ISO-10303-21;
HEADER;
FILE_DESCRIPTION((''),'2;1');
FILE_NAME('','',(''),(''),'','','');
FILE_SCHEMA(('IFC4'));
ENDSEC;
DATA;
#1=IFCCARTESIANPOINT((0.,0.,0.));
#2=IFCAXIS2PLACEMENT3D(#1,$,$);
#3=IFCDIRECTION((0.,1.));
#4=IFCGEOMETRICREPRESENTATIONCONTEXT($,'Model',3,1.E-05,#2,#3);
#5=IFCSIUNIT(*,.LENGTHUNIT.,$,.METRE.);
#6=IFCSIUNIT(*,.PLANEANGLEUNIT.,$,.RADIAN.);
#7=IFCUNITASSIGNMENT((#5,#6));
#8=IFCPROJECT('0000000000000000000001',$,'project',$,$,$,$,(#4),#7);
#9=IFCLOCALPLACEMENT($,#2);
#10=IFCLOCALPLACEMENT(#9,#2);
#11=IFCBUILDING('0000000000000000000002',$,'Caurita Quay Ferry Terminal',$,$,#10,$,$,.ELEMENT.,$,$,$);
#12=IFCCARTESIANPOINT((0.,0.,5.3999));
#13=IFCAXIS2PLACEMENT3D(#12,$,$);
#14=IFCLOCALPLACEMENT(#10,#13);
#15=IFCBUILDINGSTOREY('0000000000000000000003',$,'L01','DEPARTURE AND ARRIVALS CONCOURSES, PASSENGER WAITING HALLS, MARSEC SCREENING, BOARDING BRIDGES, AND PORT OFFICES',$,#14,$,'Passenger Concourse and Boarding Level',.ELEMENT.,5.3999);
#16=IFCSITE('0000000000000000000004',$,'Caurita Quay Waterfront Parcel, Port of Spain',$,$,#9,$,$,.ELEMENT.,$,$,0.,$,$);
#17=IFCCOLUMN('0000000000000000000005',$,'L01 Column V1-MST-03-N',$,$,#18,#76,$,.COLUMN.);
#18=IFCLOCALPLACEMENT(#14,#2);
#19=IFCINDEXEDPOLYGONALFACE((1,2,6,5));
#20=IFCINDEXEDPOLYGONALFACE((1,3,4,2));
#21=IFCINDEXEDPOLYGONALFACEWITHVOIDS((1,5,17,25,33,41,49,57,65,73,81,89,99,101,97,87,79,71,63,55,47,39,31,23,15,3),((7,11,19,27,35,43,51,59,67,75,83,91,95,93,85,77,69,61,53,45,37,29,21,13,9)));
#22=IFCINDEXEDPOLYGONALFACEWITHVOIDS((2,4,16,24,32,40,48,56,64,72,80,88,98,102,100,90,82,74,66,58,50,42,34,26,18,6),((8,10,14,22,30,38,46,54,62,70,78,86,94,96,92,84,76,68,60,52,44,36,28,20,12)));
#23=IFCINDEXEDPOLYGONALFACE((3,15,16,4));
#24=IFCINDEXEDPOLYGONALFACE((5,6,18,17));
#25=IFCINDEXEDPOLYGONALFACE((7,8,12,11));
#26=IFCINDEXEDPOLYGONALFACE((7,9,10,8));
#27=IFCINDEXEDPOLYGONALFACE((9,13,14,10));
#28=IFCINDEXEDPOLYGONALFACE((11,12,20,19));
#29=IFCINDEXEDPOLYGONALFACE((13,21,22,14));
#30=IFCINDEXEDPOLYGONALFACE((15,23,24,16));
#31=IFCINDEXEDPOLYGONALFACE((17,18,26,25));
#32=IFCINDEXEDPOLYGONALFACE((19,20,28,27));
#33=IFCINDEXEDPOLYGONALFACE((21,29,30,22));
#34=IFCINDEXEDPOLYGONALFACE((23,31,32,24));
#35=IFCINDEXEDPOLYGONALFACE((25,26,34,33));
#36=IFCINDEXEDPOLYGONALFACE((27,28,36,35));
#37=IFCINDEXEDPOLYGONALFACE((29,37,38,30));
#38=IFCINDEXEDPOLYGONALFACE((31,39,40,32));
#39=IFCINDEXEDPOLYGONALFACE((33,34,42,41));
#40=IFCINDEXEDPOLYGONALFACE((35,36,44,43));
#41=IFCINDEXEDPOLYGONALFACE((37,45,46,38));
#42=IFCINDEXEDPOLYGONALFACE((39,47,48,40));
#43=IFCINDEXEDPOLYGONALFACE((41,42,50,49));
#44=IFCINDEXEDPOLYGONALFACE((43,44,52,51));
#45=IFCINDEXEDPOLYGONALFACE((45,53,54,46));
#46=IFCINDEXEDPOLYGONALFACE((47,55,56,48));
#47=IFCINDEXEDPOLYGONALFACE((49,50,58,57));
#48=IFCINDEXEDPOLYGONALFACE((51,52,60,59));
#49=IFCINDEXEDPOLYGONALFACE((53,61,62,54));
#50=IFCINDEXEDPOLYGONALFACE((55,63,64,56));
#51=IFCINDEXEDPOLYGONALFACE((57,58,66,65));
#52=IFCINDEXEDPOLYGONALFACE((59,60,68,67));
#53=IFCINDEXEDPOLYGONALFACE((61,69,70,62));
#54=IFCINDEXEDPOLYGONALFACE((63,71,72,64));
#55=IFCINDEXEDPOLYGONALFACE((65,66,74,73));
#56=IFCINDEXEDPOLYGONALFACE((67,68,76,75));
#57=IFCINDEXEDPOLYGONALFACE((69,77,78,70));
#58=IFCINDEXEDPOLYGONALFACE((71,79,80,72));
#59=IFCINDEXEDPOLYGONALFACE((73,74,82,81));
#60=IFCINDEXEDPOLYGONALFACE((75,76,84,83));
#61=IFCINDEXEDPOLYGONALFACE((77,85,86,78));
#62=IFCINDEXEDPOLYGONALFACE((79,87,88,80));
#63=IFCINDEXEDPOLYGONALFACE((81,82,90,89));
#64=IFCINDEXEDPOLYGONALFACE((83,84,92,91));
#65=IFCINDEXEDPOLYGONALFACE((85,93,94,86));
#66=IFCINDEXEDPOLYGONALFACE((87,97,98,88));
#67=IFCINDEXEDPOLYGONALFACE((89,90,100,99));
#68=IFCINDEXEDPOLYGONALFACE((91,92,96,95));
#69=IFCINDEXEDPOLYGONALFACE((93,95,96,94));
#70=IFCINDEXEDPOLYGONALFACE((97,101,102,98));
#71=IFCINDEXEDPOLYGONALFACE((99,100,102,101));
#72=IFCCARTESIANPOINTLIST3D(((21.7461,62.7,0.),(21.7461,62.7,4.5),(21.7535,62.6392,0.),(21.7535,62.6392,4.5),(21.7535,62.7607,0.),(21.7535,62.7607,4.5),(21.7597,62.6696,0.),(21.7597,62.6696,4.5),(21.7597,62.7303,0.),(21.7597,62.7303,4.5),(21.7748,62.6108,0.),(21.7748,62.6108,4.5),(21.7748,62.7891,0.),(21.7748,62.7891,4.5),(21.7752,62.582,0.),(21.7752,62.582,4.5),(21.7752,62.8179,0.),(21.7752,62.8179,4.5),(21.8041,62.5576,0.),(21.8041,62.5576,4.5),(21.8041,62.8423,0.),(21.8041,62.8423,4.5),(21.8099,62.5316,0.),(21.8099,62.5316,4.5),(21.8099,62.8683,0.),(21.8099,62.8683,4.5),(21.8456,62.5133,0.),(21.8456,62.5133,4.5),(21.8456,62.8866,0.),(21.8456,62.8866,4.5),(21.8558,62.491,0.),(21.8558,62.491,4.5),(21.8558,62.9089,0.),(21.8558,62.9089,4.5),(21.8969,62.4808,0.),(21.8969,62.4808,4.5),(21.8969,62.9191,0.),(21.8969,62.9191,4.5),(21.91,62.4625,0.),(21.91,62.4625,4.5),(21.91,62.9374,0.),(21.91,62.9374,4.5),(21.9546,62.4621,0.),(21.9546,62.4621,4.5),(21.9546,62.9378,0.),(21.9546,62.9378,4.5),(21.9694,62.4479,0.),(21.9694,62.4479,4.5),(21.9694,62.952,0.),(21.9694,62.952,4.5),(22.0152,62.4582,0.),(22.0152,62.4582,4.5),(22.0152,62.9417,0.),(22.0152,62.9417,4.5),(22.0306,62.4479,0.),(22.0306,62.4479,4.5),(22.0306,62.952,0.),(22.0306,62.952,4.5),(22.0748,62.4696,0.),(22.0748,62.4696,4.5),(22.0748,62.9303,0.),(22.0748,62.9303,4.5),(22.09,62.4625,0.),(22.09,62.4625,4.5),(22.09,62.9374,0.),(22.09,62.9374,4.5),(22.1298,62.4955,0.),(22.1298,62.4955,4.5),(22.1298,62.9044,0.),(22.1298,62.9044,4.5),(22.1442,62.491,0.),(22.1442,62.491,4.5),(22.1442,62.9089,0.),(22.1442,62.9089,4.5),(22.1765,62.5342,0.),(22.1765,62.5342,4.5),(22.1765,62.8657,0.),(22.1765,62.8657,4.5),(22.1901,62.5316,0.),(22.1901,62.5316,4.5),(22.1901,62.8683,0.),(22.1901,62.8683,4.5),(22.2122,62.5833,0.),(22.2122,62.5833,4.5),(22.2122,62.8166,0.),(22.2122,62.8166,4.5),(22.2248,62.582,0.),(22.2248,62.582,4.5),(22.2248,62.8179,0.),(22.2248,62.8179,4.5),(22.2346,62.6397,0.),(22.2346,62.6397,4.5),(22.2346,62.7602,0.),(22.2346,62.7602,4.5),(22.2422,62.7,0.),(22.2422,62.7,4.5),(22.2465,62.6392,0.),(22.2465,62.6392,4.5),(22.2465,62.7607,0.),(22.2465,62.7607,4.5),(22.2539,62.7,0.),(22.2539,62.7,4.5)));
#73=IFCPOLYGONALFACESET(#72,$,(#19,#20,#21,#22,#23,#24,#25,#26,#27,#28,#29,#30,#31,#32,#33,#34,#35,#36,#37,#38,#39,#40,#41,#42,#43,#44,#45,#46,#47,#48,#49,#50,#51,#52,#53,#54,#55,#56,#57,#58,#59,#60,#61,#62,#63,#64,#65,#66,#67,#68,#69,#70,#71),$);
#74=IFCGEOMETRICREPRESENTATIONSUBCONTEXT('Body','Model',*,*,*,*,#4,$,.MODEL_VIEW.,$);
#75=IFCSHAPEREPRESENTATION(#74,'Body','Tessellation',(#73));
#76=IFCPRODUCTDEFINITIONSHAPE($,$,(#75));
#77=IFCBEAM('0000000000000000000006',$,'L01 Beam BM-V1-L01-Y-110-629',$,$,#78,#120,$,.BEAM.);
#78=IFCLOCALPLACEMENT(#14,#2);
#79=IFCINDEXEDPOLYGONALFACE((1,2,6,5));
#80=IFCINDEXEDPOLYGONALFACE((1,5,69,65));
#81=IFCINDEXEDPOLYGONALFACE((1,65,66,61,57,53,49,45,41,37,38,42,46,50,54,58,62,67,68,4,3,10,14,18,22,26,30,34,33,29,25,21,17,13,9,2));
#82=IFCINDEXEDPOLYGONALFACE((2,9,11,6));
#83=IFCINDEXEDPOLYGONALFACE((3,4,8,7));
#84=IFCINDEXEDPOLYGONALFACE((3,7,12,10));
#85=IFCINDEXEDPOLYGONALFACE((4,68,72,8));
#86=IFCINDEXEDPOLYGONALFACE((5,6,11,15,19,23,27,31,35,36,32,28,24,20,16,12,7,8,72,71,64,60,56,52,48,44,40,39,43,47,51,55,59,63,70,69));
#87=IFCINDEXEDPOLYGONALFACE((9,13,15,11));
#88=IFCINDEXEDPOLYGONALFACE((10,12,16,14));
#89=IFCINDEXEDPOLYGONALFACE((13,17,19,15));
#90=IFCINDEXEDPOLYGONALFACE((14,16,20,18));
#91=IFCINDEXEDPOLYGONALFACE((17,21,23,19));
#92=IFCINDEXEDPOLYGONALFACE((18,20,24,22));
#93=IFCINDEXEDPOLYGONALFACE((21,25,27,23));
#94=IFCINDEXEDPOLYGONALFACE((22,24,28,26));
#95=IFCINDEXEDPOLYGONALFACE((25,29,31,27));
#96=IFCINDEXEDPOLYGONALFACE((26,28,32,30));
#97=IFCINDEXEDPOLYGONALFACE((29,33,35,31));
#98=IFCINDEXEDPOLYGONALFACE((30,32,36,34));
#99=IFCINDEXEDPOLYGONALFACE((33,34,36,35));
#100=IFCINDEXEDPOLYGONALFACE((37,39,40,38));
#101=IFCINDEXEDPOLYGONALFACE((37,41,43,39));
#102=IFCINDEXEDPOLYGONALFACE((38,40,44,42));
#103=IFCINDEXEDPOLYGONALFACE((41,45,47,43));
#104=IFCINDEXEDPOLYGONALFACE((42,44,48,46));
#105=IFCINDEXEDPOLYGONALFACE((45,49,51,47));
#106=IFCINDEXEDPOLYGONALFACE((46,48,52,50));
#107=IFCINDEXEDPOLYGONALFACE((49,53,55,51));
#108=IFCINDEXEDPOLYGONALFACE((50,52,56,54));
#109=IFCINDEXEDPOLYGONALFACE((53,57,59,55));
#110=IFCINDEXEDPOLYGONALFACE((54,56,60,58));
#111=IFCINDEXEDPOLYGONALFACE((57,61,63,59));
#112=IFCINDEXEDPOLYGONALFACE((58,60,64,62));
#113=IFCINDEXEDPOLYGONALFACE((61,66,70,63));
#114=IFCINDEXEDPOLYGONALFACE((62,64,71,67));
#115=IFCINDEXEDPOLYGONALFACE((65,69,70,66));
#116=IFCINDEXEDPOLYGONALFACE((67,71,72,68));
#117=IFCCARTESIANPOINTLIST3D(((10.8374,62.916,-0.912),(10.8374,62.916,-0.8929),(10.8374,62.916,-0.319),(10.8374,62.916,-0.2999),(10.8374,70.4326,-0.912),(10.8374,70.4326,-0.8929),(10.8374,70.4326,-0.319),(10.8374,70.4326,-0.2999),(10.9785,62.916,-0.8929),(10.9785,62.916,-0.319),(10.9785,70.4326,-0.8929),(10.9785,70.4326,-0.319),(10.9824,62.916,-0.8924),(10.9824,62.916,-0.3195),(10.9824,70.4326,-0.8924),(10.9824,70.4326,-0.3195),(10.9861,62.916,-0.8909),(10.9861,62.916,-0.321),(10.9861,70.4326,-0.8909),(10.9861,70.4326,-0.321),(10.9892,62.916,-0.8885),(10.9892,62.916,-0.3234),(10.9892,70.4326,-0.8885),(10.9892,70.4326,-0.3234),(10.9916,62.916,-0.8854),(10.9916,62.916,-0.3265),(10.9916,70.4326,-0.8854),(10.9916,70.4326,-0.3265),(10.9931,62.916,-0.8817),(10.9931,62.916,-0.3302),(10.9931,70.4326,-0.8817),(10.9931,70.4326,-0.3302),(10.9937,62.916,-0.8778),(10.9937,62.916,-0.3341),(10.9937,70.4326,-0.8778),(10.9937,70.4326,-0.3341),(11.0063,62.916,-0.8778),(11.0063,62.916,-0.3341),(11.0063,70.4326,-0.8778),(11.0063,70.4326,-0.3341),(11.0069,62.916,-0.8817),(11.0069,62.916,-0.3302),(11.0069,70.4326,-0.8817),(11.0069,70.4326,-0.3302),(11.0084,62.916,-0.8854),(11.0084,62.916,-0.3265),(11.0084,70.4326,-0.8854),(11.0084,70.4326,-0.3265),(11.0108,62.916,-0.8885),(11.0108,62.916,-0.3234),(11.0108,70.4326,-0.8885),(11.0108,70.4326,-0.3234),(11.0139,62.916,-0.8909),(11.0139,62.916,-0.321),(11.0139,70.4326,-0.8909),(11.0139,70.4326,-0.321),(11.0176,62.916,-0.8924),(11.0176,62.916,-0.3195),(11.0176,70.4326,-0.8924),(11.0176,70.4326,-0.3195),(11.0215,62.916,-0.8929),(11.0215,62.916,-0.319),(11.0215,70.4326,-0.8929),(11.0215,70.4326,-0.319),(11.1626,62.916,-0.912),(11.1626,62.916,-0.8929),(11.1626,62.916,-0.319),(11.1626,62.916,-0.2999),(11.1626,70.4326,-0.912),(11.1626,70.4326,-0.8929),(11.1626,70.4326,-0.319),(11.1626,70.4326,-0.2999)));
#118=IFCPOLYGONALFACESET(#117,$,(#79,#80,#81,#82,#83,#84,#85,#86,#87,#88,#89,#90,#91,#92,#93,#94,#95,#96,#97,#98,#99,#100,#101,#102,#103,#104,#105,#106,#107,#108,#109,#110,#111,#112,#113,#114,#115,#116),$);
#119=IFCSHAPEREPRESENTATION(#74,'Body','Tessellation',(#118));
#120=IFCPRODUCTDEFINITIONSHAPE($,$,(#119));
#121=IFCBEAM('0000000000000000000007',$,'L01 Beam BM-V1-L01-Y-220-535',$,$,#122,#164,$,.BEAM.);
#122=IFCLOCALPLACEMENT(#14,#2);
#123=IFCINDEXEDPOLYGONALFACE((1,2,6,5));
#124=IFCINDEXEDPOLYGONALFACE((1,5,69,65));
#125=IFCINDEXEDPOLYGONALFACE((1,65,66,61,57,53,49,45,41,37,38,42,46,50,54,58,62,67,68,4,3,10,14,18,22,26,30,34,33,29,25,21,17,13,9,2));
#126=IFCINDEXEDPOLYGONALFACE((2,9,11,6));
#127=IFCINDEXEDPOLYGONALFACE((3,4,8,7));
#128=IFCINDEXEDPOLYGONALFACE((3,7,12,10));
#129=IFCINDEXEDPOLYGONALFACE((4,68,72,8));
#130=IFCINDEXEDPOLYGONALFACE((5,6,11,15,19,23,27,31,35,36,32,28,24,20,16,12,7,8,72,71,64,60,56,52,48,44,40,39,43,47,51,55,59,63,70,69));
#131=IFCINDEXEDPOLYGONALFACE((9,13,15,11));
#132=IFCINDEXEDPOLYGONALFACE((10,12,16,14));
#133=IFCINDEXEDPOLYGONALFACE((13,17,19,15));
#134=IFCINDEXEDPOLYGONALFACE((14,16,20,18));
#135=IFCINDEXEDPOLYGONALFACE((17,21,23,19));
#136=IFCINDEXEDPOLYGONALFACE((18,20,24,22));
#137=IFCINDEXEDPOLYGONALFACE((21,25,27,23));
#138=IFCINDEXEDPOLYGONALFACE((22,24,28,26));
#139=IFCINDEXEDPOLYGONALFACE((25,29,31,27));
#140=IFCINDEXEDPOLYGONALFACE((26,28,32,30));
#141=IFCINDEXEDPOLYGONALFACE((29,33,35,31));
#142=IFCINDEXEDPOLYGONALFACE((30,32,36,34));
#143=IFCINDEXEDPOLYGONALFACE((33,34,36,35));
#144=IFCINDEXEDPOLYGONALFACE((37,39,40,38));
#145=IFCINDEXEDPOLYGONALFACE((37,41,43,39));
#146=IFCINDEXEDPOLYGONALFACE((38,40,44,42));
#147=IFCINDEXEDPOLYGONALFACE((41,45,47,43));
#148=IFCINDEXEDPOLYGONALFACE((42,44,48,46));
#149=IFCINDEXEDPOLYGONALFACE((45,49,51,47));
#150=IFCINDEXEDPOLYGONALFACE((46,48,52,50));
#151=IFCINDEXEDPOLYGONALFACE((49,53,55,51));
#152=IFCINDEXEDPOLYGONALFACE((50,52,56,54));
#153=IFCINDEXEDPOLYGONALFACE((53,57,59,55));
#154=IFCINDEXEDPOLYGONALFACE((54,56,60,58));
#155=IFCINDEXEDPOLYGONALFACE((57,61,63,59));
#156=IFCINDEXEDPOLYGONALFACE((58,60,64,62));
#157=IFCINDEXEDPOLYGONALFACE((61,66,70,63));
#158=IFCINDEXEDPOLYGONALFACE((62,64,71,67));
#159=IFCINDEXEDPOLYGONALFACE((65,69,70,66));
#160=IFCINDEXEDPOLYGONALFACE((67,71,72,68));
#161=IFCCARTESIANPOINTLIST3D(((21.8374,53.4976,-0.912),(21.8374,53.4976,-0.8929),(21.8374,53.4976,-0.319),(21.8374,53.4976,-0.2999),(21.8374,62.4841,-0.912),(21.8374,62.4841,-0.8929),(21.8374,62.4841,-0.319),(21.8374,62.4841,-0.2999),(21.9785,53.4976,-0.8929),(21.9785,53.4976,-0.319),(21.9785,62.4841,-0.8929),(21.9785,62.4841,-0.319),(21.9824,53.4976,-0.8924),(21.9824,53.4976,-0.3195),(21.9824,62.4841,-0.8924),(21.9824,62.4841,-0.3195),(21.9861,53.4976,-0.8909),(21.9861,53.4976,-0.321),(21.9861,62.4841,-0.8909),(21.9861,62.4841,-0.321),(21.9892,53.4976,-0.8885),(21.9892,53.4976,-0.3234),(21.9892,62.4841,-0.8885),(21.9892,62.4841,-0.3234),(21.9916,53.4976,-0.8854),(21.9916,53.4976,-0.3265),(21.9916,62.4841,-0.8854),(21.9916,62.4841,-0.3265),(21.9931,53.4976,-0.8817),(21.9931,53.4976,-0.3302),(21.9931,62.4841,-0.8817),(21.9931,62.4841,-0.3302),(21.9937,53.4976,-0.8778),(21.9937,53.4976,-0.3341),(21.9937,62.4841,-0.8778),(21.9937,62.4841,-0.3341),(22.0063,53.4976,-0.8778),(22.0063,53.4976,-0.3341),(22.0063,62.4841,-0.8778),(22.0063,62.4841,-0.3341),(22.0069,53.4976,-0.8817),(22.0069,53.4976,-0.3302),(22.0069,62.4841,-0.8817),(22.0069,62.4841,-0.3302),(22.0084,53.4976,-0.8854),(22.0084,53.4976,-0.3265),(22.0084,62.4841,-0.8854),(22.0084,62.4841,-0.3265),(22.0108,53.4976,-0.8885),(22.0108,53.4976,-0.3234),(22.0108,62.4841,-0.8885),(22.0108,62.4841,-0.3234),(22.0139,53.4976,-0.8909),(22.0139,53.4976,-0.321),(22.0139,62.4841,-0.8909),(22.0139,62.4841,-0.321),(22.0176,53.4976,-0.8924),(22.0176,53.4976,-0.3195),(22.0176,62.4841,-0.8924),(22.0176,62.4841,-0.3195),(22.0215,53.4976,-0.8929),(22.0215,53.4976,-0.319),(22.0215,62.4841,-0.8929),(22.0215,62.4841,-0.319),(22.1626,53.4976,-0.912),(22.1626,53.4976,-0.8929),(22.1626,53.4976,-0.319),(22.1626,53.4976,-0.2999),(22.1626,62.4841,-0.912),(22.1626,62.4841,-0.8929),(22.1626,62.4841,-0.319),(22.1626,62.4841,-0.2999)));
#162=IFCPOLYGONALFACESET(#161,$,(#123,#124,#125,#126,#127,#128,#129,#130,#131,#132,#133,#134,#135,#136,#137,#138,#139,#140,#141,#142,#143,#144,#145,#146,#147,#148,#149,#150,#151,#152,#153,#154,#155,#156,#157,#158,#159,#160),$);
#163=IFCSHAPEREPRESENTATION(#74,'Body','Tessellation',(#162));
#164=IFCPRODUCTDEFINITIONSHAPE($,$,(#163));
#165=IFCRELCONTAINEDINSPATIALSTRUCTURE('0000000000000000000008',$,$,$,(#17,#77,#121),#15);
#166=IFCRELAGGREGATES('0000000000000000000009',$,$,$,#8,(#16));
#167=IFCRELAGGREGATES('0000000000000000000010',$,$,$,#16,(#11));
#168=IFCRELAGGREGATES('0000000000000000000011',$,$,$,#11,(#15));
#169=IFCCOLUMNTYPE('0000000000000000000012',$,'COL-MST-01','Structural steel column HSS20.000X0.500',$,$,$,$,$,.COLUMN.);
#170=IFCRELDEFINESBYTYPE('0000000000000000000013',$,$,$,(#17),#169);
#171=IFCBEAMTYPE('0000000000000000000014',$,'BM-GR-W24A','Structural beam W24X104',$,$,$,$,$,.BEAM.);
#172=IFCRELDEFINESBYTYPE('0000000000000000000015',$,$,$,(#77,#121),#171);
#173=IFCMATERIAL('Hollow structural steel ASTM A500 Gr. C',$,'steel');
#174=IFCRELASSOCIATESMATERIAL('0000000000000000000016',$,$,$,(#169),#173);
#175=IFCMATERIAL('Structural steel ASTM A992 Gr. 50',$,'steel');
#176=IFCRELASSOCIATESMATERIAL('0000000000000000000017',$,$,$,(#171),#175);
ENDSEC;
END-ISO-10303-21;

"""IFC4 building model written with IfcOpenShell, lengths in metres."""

from ifc_helpers import new_model, si_unit, direction, frame, origin, origin_2d, place, context, subcontext, project, spatial, hollow_circle, i_section, extrude, material, material_profile, profile_set, type_object, element, save


model = new_model("IFC4")

# Units and contexts
model_context = context("Model", 3, precision=1e-05, world=origin(), true_north=direction((0.0, 1.0)))
body_context = subcontext(model_context, "Body", "Model", "MODEL_VIEW")
ifc_project = project(units=[si_unit("LENGTHUNIT", "METRE"), si_unit("PLANEANGLEUNIT", "RADIAN")], contexts=[model_context])

# Site, building, storey
site_placement = place(None, origin())
site = spatial("IfcSite", under=ifc_project, at=site_placement, Name="Caurita Quay Waterfront Parcel, Port of Spain", CompositionType="ELEMENT", RefElevation=0.0)
building_placement = place(site_placement, origin())
building = spatial("IfcBuilding", under=site, at=building_placement, Name="Caurita Quay Ferry Terminal", CompositionType="ELEMENT")
storey_placement = place(building_placement, frame((0.0, 0.0, 5.3999)))
storey = spatial("IfcBuildingStorey", under=building, at=storey_placement, Name="L01", Description="DEPARTURE AND ARRIVALS CONCOURSES, PASSENGER WAITING HALLS, MARSEC SCREENING, BOARDING BRIDGES, AND PORT OFFICES", LongName="Passenger Concourse and Boarding Level", CompositionType="ELEMENT", Elevation=5.3999)

# Column
ifc_material_1 = material(Name="Hollow structural steel ASTM A500 Gr. C", Category="steel")
ifc_material_profile_1 = material_profile(ifc_material_1, hollow_circle(Radius=0.2539, WallThickness=0.0117, at=origin_2d()), Name="HSS20.000X0.500")
ifc_profile_set_1 = profile_set([ifc_material_profile_1], Name="Hollow structural steel ASTM A500 Gr. C")
column_type = type_object("IfcColumnType", Name="COL-MST-01", Description="Structural steel column HSS20.000X0.500", PredefinedType="COLUMN", material=ifc_profile_set_1)
column_placement = place(storey_placement, frame((22.0, 62.7, 0.0), z_axis=(0.0, 0.0, 1.0), x_axis=(1.0, 0.0, 0.0)))
element("IfcColumn", 1, at=column_placement, inside=storey, type_object=column_type, Name="L01 Column V1-MST-03-N", PredefinedType="COLUMN", context=body_context, shape_type="SweptSolid", body=[
    extrude(hollow_circle(Radius=0.2539, WallThickness=0.0117, at=origin_2d()), origin(), (0.0, 0.0, 1.0), 4.5),
])

# Beams
ifc_material_2 = material(Name="Structural steel ASTM A992 Gr. 50", Category="steel")
ifc_material_profile_2 = material_profile(ifc_material_2, i_section(OverallWidth=0.3252, OverallDepth=0.6121, WebThickness=0.0127, FlangeThickness=0.019, FilletRadius=0.0151, at=origin_2d()), Name="W24X104")
ifc_profile_set_2 = profile_set([ifc_material_profile_2], Name="Structural steel ASTM A992 Gr. 50")
beam_type_1 = type_object("IfcBeamType", Name="BM-GR-W24A", Description="Structural beam W24X104", PredefinedType="BEAM", material=ifc_profile_set_2)
beam_1_placement = place(storey_placement, frame((11.0, 62.916, -0.606), z_axis=(0.0, 1.0, 0.0), x_axis=(-1.0, 0.0, 0.0)))
element("IfcBeam", 2, at=beam_1_placement, inside=storey, type_object=beam_type_1, Name="L01 Beam BM-V1-L01-Y-110-629", PredefinedType="BEAM", context=body_context, shape_type="SweptSolid", body=[
    extrude(i_section(OverallWidth=0.3252, OverallDepth=0.6121, WebThickness=0.0127, FlangeThickness=0.019, FilletRadius=0.0151, at=origin_2d()), origin(), (0.0, 0.0, 1.0), 7.5166),
])
beam_2_placement = place(storey_placement, frame((22.0, 53.4976, -0.606), z_axis=(0.0, 1.0, 0.0), x_axis=(-1.0, 0.0, 0.0)))
element("IfcBeam", 3, at=beam_2_placement, inside=storey, type_object=beam_type_1, Name="L01 Beam BM-V1-L01-Y-220-535", PredefinedType="BEAM", context=body_context, shape_type="SweptSolid", body=[
    extrude(i_section(OverallWidth=0.3252, OverallDepth=0.6121, WebThickness=0.0127, FlangeThickness=0.019, FilletRadius=0.0151, at=origin_2d()), origin(), (0.0, 0.0, 1.0), 8.9866),
])

save(model, "model.ifc")
